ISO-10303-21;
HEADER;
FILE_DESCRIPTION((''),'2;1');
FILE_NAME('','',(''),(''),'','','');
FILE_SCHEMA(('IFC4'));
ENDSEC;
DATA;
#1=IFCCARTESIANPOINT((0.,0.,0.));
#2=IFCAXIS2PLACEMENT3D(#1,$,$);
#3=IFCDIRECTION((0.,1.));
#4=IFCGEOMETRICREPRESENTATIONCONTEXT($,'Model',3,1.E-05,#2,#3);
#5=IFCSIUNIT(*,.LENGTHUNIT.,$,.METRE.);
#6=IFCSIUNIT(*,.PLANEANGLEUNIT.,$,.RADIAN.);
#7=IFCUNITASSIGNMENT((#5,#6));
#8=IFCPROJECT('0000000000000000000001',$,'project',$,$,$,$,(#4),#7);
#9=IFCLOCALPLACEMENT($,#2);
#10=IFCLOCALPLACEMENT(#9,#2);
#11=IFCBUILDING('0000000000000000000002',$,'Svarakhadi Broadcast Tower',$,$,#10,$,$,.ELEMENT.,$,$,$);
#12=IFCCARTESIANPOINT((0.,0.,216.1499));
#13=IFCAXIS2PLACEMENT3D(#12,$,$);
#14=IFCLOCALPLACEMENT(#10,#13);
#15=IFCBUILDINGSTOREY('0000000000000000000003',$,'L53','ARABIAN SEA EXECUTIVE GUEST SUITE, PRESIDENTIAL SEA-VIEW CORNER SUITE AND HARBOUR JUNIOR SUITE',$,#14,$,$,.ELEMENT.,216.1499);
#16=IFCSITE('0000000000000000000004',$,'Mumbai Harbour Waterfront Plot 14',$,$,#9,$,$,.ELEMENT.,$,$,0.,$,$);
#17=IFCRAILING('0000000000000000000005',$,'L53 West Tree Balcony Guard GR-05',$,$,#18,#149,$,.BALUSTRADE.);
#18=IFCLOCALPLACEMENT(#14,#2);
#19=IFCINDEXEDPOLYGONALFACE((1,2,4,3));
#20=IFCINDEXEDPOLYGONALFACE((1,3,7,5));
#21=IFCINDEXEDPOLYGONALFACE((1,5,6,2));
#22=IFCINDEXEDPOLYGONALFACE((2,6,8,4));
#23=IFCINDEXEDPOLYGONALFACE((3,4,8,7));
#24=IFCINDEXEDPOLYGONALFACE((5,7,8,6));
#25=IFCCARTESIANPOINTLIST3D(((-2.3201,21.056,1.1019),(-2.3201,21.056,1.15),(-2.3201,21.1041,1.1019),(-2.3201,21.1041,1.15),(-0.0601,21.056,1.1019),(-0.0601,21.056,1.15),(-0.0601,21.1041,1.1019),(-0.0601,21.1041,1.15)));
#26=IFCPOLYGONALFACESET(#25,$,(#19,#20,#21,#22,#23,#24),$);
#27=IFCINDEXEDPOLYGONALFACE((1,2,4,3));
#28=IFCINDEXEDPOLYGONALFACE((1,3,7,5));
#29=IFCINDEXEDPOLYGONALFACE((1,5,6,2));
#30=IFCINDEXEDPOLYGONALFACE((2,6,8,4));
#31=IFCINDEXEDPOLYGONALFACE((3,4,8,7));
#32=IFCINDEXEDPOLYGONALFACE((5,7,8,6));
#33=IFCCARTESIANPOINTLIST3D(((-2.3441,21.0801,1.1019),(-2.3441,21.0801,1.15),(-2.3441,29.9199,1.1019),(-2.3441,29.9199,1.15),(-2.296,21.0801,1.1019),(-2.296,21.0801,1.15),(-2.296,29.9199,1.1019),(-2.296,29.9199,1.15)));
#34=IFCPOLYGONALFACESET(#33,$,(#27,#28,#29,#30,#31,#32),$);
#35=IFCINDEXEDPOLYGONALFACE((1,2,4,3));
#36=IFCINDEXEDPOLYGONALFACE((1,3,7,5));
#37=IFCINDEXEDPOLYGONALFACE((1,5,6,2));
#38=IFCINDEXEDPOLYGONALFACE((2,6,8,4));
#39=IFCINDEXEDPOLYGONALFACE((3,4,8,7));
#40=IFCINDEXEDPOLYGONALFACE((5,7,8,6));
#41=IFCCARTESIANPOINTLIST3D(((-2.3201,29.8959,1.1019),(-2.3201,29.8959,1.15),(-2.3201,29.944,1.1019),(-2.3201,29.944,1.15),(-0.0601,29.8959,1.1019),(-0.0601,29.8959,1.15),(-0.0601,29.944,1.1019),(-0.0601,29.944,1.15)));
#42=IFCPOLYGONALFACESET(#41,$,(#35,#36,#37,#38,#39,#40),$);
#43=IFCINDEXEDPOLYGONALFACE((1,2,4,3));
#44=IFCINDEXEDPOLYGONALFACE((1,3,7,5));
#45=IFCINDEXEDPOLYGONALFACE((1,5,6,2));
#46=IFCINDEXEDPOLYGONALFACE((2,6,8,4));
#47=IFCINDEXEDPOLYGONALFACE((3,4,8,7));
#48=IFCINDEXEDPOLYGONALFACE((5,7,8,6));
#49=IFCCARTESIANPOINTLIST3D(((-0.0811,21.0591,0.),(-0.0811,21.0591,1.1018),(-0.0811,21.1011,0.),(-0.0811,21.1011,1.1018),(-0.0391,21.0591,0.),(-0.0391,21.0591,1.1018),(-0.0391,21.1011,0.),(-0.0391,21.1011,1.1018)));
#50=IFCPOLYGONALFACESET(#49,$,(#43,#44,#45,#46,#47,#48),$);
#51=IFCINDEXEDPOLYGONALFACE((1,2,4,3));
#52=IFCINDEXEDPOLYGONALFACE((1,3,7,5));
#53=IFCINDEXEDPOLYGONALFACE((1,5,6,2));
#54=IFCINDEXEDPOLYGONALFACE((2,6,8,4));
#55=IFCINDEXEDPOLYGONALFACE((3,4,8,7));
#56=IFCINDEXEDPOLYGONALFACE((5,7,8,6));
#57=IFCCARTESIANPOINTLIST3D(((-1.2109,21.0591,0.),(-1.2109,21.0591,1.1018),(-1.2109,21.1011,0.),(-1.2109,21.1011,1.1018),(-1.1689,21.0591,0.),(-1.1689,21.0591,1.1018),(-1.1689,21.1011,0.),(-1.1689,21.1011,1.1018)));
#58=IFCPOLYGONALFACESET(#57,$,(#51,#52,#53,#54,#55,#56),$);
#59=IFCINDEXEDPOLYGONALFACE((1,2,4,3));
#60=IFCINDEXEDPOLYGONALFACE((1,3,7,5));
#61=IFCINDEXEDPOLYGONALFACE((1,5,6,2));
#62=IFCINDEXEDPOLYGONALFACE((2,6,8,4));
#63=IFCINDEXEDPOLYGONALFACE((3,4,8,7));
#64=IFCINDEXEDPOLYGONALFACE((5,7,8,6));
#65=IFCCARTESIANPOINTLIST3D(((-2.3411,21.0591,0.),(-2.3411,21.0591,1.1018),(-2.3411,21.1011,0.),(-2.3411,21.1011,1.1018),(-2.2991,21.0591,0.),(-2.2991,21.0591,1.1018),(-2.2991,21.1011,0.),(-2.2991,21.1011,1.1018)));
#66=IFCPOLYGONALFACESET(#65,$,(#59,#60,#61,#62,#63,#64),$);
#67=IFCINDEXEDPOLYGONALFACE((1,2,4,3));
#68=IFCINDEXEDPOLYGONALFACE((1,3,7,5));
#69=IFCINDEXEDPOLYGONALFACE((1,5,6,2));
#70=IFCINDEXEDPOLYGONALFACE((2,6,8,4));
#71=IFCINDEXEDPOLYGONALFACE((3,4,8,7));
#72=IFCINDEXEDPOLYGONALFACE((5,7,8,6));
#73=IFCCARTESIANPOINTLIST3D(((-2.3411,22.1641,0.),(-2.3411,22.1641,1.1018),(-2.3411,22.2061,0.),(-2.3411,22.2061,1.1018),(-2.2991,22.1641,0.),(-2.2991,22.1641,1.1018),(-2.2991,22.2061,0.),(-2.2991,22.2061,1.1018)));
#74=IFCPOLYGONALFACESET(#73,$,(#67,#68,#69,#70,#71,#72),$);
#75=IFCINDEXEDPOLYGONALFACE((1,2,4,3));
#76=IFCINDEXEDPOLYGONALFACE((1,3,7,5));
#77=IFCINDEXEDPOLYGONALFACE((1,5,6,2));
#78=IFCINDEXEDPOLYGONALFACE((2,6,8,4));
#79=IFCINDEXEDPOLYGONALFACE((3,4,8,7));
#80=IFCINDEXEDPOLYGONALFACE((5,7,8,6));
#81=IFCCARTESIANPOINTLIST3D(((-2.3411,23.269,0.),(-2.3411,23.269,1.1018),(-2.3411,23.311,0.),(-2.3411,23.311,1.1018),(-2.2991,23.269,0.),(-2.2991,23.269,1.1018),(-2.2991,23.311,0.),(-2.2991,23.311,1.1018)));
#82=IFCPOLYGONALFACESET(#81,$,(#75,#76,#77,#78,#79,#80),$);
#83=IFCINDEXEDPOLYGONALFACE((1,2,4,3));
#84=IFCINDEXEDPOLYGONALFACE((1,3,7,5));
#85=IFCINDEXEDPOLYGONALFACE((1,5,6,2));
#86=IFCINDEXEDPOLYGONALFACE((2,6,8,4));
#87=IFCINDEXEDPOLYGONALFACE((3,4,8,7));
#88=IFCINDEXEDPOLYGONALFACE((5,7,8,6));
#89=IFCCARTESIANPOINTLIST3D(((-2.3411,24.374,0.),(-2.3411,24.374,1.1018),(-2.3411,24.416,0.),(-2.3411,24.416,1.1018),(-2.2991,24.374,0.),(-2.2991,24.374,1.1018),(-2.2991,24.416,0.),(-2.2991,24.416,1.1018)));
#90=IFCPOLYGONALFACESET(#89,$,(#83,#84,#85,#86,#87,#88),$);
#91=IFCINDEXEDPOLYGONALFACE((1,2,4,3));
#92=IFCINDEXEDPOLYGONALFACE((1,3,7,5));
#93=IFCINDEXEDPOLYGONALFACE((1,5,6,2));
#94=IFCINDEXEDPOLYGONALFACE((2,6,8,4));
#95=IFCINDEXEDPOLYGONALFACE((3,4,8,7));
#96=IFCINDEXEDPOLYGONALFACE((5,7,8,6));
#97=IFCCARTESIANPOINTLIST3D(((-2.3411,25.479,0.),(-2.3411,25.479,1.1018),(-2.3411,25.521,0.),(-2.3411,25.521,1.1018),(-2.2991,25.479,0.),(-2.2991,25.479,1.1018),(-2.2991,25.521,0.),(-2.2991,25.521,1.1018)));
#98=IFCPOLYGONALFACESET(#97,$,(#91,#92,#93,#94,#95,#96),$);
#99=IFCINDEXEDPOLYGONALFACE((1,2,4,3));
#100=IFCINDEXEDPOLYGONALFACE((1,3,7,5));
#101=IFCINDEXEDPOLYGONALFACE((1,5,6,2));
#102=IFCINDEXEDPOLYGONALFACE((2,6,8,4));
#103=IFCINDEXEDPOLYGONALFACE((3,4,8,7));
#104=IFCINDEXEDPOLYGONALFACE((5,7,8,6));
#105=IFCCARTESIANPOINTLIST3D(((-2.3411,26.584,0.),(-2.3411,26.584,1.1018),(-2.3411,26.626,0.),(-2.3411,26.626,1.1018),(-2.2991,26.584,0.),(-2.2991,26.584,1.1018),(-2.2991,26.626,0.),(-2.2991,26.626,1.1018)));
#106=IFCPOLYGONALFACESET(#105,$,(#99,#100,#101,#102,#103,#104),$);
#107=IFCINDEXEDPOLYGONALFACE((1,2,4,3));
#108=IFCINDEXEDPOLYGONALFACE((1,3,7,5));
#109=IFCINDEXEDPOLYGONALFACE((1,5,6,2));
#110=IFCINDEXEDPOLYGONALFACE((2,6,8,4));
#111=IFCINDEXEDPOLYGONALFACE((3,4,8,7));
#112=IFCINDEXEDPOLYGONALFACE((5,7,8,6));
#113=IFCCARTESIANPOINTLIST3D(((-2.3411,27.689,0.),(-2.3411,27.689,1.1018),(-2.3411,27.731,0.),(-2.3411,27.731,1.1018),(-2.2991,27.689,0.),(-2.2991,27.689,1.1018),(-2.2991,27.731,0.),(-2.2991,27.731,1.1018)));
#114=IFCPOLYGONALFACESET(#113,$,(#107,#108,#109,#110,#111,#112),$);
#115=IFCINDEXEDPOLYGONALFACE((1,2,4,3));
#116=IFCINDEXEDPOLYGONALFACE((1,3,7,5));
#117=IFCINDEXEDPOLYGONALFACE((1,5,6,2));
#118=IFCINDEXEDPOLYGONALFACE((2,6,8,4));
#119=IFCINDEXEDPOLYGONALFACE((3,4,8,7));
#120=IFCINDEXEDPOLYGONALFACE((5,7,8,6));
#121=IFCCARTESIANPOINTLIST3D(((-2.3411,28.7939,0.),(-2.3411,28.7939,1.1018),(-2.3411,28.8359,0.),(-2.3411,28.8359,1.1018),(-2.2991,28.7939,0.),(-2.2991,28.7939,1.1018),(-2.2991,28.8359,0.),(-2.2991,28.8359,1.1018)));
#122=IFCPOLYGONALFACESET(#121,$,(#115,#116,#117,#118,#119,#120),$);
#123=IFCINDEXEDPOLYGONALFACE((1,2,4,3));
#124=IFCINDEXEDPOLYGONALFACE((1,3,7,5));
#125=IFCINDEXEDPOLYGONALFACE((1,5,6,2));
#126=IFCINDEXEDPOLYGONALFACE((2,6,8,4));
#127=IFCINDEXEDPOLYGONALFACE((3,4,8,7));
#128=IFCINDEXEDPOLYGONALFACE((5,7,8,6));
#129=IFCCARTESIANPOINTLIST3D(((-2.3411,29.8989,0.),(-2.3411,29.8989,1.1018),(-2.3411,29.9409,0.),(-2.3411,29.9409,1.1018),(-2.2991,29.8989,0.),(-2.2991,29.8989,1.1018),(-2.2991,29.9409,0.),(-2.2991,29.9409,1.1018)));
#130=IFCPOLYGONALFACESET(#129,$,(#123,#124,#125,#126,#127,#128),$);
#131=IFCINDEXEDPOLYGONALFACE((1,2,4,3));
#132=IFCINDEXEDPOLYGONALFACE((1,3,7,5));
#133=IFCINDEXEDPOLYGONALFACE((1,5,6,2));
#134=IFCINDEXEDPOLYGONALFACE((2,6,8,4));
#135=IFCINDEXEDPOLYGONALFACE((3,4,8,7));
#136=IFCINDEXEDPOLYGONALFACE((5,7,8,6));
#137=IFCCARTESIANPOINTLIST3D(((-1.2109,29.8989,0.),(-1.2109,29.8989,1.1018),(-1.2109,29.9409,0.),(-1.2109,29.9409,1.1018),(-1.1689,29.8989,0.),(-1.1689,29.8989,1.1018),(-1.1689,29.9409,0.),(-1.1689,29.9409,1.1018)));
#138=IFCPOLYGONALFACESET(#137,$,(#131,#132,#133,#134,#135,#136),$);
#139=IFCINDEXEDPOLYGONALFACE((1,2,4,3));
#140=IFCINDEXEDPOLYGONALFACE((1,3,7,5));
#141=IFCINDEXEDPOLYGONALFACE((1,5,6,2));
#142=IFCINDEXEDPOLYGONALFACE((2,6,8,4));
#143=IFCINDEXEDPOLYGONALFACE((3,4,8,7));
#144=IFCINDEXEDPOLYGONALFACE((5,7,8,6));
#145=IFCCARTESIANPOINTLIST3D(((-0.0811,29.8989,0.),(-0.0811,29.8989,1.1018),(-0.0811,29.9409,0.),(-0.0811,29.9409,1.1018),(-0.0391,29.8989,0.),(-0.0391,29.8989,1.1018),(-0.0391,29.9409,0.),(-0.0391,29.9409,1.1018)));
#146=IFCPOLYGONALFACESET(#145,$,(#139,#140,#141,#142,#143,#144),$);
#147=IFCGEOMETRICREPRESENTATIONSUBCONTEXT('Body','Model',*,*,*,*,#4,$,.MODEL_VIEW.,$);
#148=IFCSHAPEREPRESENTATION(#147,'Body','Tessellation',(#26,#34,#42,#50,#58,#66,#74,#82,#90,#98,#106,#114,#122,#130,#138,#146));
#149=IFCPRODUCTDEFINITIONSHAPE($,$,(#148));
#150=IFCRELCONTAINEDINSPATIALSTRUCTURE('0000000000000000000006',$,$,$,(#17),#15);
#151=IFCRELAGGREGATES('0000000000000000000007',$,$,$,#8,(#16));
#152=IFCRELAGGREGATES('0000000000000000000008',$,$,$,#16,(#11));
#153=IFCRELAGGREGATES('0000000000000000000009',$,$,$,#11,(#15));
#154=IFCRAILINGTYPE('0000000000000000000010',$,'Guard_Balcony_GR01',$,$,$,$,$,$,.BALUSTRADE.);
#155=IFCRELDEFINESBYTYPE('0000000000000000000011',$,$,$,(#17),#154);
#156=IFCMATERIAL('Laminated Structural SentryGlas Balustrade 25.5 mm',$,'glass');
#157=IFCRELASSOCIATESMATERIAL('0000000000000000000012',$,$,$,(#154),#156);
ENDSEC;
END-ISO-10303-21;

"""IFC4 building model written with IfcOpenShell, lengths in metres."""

from ifc_helpers import new_model, si_unit, direction, frame, origin, origin_2d, place, context, subcontext, project, spatial, rectangle, extrude, material, type_object, element, save


model = new_model("IFC4")

# Units and contexts
model_context = context("Model", 3, precision=1e-05, world=origin(), true_north=direction((0.0, 1.0)))
body_context = subcontext(model_context, "Body", "Model", "MODEL_VIEW")
ifc_project = project(units=[si_unit("LENGTHUNIT", "METRE"), si_unit("PLANEANGLEUNIT", "RADIAN")], contexts=[model_context])

# Site, building, storey
site_placement = place(None, origin())
site = spatial("IfcSite", under=ifc_project, at=site_placement, Name="Mumbai Harbour Waterfront Plot 14", CompositionType="ELEMENT", RefElevation=0.0)
building_placement = place(site_placement, origin())
building = spatial("IfcBuilding", under=site, at=building_placement, Name="Svarakhadi Broadcast Tower", CompositionType="ELEMENT")
storey_placement = place(building_placement, frame((0.0, 0.0, 216.1499)))
storey = spatial("IfcBuildingStorey", under=building, at=storey_placement, Name="L53", Description="ARABIAN SEA EXECUTIVE GUEST SUITE, PRESIDENTIAL SEA-VIEW CORNER SUITE AND HARBOUR JUNIOR SUITE", CompositionType="ELEMENT", Elevation=216.1499)

# Railing
ifc_material_1 = material(Name="Laminated Structural SentryGlas Balustrade 25.5 mm", Category="glass")
railing_type = type_object("IfcRailingType", Name="Guard_Balcony_GR01", PredefinedType="BALUSTRADE", material=ifc_material_1)
railing_placement = place(storey_placement, frame((-0.0601, 21.0801, 0.0)))
element("IfcRailing", 1, at=railing_placement, inside=storey, type_object=railing_type, Name="L53 West Tree Balcony Guard GR-05", PredefinedType="BALUSTRADE", context=body_context, shape_type="SweptSolid", body=[
    extrude(rectangle(XDim=0.0481, YDim=0.0481, at=origin_2d()), frame((0.0, 0.0, 1.126), z_axis=(-1.0, 0.0, 0.0), x_axis=(0.0, -1.0, 0.0)), (0.0, 0.0, 1.0), 2.26),
    extrude(rectangle(XDim=0.0481, YDim=0.0481, at=origin_2d()), frame((-2.26, 0.0, 1.126), z_axis=(0.0, 1.0, 0.0), x_axis=(-1.0, 0.0, 0.0)), (0.0, 0.0, 1.0), 8.8398),
    extrude(rectangle(XDim=0.0481, YDim=0.0481, at=origin_2d()), frame((-2.26, 8.8398, 1.126), z_axis=(1.0, 0.0, 0.0), x_axis=(0.0, 1.0, 0.0)), (0.0, 0.0, 1.0), 2.26),
    extrude(rectangle(XDim=0.042, YDim=0.042, at=origin_2d()), origin(), (0.0, 0.0, 1.0), 1.1018),
    extrude(rectangle(XDim=0.042, YDim=0.042, at=origin_2d()), frame((-1.1299, 0.0, 0.0)), (0.0, 0.0, 1.0), 1.1018),
    extrude(rectangle(XDim=0.042, YDim=0.042, at=origin_2d()), frame((-2.26, 0.0, 0.0)), (0.0, 0.0, 1.0), 1.1018),
    extrude(rectangle(XDim=0.042, YDim=0.042, at=origin_2d()), frame((-2.26, 1.105, 0.0)), (0.0, 0.0, 1.0), 1.1018),
    extrude(rectangle(XDim=0.042, YDim=0.042, at=origin_2d()), frame((-2.26, 2.21, 0.0)), (0.0, 0.0, 1.0), 1.1018),
    extrude(rectangle(XDim=0.042, YDim=0.042, at=origin_2d()), frame((-2.26, 3.3149, 0.0)), (0.0, 0.0, 1.0), 1.1018),
    extrude(rectangle(XDim=0.042, YDim=0.042, at=origin_2d()), frame((-2.26, 4.4199, 0.0)), (0.0, 0.0, 1.0), 1.1018),
    extrude(rectangle(XDim=0.042, YDim=0.042, at=origin_2d()), frame((-2.26, 5.5249, 0.0)), (0.0, 0.0, 1.0), 1.1018),
    extrude(rectangle(XDim=0.042, YDim=0.042, at=origin_2d()), frame((-2.26, 6.6299, 0.0)), (0.0, 0.0, 1.0), 1.1018),
    extrude(rectangle(XDim=0.042, YDim=0.042, at=origin_2d()), frame((-2.26, 7.7349, 0.0)), (0.0, 0.0, 1.0), 1.1018),
    extrude(rectangle(XDim=0.042, YDim=0.042, at=origin_2d()), frame((-2.26, 8.8398, 0.0)), (0.0, 0.0, 1.0), 1.1018),
    extrude(rectangle(XDim=0.042, YDim=0.042, at=origin_2d()), frame((-1.1299, 8.8398, 0.0)), (0.0, 0.0, 1.0), 1.1018),
    extrude(rectangle(XDim=0.042, YDim=0.042, at=origin_2d()), frame((0.0, 8.8398, 0.0)), (0.0, 0.0, 1.0), 1.1018),
])

save(model, "model.ifc")
